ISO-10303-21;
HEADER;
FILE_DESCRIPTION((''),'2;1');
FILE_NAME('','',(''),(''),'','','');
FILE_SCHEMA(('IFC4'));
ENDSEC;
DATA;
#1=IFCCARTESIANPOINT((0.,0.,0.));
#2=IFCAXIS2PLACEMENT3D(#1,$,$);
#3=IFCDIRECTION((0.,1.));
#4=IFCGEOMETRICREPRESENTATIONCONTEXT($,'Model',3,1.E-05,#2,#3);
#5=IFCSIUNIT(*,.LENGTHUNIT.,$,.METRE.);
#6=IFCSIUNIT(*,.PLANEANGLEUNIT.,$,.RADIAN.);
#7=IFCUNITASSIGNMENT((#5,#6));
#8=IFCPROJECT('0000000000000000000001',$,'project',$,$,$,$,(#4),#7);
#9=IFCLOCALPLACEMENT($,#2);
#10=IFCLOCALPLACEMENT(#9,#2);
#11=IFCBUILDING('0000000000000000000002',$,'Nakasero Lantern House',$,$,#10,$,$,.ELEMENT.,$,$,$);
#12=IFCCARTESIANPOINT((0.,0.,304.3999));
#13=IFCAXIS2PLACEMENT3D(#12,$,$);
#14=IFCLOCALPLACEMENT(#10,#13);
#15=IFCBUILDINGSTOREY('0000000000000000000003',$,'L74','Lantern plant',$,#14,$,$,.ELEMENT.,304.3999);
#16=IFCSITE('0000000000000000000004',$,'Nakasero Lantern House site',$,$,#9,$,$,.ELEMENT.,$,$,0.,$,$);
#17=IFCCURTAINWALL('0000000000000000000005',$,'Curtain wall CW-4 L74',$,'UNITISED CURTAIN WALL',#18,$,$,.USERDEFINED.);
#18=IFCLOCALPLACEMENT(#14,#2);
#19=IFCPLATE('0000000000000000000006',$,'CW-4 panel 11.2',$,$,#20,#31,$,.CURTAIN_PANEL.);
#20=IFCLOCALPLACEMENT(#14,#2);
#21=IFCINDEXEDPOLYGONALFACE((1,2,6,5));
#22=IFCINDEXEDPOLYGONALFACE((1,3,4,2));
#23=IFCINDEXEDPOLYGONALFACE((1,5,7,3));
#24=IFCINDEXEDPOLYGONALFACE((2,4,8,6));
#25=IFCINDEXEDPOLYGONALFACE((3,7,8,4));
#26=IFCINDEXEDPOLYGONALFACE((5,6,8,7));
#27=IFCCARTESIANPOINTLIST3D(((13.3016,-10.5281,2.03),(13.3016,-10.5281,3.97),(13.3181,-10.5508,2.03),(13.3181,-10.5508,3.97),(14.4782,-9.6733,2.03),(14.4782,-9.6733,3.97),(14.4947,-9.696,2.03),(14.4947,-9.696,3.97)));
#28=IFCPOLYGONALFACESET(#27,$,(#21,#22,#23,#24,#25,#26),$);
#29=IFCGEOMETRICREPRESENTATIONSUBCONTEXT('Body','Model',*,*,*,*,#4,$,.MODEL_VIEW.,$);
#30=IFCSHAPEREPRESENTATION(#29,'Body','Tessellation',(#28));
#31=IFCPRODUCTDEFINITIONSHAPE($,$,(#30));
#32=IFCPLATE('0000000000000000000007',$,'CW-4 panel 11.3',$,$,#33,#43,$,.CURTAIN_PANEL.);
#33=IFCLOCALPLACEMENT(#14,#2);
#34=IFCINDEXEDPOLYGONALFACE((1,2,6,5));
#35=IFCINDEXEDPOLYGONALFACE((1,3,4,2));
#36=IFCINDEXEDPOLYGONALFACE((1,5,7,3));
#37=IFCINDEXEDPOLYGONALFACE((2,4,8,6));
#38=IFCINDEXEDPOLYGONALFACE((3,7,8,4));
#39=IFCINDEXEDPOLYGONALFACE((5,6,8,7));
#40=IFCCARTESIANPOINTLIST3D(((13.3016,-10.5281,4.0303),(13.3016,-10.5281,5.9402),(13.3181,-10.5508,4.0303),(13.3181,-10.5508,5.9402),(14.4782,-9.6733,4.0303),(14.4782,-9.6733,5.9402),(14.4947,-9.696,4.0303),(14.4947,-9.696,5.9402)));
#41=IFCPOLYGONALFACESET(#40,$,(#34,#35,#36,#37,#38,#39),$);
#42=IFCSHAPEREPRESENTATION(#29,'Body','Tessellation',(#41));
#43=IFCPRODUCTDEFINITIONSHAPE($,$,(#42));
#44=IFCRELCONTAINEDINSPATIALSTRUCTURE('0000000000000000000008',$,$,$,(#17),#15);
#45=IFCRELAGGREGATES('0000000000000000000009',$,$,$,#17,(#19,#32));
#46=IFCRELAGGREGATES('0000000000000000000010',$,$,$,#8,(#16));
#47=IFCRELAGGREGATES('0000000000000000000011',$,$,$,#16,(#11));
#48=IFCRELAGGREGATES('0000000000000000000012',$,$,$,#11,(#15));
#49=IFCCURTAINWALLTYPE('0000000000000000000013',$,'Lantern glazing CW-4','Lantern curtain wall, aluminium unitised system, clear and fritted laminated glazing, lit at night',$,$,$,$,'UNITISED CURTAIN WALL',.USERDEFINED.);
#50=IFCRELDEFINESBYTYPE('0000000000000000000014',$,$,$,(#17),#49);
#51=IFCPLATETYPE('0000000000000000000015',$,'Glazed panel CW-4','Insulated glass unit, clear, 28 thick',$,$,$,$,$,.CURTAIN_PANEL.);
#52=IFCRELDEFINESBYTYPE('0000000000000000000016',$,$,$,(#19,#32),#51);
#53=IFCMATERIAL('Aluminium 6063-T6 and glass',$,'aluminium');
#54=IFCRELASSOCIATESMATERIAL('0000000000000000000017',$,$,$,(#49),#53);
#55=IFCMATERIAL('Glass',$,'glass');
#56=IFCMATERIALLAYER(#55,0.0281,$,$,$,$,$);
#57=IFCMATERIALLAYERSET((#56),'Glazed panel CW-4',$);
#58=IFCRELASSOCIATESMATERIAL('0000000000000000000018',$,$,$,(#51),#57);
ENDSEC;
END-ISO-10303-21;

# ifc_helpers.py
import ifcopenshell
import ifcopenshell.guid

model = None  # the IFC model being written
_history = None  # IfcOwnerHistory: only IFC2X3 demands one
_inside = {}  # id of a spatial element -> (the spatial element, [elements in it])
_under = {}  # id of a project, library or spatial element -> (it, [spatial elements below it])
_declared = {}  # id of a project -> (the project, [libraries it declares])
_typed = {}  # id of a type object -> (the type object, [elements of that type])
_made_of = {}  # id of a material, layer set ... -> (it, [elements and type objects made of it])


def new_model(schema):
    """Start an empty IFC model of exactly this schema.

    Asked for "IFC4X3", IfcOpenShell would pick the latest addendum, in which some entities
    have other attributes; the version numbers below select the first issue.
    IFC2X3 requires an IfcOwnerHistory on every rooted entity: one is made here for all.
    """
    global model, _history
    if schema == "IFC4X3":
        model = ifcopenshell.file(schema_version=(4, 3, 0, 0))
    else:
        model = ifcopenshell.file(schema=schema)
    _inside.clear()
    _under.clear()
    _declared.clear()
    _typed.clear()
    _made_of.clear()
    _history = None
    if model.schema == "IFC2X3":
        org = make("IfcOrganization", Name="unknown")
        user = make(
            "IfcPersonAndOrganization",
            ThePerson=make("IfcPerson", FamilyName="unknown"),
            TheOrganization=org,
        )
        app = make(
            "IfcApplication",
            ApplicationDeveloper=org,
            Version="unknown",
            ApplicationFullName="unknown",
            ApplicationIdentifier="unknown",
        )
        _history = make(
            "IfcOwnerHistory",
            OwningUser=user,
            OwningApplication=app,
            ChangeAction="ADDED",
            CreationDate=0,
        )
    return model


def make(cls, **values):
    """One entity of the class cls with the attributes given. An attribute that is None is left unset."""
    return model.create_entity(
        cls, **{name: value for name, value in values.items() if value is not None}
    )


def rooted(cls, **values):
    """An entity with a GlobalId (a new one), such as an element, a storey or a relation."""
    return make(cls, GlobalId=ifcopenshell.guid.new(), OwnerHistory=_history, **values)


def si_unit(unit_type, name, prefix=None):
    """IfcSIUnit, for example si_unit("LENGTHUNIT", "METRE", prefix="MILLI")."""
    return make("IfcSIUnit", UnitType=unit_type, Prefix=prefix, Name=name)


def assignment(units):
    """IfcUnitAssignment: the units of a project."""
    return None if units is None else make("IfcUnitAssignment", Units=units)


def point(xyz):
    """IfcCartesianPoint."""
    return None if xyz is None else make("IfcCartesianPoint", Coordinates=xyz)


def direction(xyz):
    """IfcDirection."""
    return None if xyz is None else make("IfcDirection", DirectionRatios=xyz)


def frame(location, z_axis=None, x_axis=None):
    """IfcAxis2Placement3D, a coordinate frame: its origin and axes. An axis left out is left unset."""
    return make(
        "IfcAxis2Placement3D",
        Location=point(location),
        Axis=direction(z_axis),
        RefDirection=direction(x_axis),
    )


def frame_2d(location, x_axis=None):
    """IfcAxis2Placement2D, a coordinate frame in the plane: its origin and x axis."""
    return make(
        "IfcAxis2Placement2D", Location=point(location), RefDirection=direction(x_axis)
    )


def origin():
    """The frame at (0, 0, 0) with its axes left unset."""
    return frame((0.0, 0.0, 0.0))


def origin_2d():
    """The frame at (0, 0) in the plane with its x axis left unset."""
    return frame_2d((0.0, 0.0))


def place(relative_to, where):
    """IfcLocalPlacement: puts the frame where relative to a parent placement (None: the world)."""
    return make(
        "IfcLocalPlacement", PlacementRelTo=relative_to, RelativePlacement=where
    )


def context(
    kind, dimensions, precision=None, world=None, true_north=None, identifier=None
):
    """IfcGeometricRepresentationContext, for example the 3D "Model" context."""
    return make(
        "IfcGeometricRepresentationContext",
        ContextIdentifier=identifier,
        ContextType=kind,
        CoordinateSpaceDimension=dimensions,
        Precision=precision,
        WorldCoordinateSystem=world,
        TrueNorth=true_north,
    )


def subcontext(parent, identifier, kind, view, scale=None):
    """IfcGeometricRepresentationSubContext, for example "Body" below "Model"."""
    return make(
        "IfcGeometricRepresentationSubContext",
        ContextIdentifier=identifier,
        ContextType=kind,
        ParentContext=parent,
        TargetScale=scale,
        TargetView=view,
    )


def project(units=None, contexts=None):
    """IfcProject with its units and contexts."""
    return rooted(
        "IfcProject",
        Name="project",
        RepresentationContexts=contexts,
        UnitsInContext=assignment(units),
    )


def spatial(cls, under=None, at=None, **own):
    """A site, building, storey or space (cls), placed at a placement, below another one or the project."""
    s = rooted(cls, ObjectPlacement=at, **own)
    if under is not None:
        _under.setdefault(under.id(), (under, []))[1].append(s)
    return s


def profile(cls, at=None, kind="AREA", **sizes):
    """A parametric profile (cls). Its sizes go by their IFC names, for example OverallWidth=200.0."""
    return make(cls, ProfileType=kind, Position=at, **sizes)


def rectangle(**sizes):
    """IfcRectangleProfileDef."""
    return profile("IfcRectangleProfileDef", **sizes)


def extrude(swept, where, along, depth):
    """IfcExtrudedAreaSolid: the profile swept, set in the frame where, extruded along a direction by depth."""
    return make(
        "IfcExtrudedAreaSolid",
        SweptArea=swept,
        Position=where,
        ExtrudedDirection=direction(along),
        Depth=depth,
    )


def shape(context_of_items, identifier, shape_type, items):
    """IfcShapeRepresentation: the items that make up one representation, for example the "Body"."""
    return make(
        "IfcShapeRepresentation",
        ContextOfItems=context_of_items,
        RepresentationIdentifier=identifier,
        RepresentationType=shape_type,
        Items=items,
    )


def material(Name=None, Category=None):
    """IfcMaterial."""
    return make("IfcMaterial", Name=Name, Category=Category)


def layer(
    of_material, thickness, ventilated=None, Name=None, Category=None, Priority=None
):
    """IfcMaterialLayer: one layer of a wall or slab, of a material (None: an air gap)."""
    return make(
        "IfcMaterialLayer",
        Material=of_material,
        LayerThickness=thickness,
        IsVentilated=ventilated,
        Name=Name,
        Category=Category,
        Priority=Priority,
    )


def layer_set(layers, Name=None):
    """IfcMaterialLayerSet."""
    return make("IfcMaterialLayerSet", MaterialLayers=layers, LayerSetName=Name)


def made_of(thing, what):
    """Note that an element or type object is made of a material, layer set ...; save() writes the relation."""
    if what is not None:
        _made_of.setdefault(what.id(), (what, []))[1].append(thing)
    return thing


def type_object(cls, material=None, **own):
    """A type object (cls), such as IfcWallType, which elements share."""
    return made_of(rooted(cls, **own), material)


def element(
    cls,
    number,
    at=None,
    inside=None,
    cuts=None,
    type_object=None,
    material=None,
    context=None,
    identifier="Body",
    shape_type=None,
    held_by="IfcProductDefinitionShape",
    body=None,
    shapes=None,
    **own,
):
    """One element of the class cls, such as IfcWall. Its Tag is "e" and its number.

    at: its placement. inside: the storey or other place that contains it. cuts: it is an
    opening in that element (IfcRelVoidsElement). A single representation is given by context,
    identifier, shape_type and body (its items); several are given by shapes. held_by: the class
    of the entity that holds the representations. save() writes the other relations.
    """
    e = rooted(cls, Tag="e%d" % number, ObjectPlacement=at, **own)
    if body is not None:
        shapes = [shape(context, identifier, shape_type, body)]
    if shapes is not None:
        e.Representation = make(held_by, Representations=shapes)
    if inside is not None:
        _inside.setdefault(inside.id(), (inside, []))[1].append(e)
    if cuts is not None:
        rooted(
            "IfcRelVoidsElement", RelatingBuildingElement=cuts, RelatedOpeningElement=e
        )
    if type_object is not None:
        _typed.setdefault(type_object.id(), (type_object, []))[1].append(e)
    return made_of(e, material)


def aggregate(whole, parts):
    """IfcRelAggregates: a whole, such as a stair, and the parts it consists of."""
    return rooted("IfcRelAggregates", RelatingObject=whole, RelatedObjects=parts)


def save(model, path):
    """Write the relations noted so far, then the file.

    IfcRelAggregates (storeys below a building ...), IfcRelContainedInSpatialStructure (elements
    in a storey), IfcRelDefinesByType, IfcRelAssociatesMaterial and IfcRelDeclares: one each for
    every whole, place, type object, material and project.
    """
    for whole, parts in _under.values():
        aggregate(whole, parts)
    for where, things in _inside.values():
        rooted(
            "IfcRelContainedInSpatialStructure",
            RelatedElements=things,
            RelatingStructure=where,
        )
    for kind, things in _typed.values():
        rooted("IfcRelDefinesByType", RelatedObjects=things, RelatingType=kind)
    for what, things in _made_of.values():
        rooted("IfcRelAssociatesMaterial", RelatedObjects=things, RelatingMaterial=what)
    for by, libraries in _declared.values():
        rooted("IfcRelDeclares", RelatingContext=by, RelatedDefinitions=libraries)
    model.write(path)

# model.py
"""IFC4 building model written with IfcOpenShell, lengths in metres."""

from ifc_helpers import new_model, si_unit, direction, frame, origin, origin_2d, place, context, subcontext, project, spatial, rectangle, extrude, material, layer, layer_set, type_object, element, aggregate, save


model = new_model("IFC4")

# Units and contexts
model_context = context("Model", 3, precision=1e-05, world=origin(), true_north=direction((0.0, 1.0)))
body_context = subcontext(model_context, "Body", "Model", "MODEL_VIEW")
ifc_project = project(units=[si_unit("LENGTHUNIT", "METRE"), si_unit("PLANEANGLEUNIT", "RADIAN")], contexts=[model_context])

# Site, building, storey
site_placement = place(None, origin())
site = spatial("IfcSite", under=ifc_project, at=site_placement, Name="Nakasero Lantern House site", CompositionType="ELEMENT", RefElevation=0.0)
building_placement = place(site_placement, origin())
building = spatial("IfcBuilding", under=site, at=building_placement, Name="Nakasero Lantern House", CompositionType="ELEMENT")
storey_placement = place(building_placement, frame((0.0, 0.0, 304.3999)))
storey = spatial("IfcBuildingStorey", under=building, at=storey_placement, Name="L74", Description="Lantern plant", CompositionType="ELEMENT", Elevation=304.3999)

# Curtain wall
ifc_material_1 = material(Name="Aluminium 6063-T6 and glass", Category="aluminium")
curtain_wall_type = type_object("IfcCurtainWallType", Name="Lantern glazing CW-4", Description="Lantern curtain wall, aluminium unitised system, clear and fritted laminated glazing, lit at night", ElementType="UNITISED CURTAIN WALL", PredefinedType="USERDEFINED", material=ifc_material_1)
curtain_wall_placement = place(storey_placement, origin())
curtain_wall = element("IfcCurtainWall", 1, at=curtain_wall_placement, inside=storey, type_object=curtain_wall_type, Name="Curtain wall CW-4 L74", ObjectType="UNITISED CURTAIN WALL", PredefinedType="USERDEFINED")

# Plates
ifc_material_2 = material(Name="Glass", Category="glass")
ifc_layer = layer(ifc_material_2, 0.0281)
ifc_layer_set = layer_set([ifc_layer], Name="Glazed panel CW-4")
plate_type = type_object("IfcPlateType", Name="Glazed panel CW-4", Description="Insulated glass unit, clear, 28 thick", PredefinedType="CURTAIN_PANEL", material=ifc_layer_set)
plate_1_placement = place(storey_placement, frame((13.8982, -10.1121, 2.03), z_axis=(0.0, 0.0, 1.0), x_axis=(0.809017, 0.587785, 0.0)))
plate_1 = element("IfcPlate", 2, at=plate_1_placement, type_object=plate_type, Name="CW-4 panel 11.2", PredefinedType="CURTAIN_PANEL", context=body_context, shape_type="SweptSolid", body=[
    extrude(rectangle(XDim=1.4543, YDim=0.0281, at=origin_2d()), origin(), (0.0, 0.0, 1.0), 1.9399),
])
plate_2_placement = place(storey_placement, frame((13.8982, -10.1121, 4.0303), z_axis=(0.0, 0.0, 1.0), x_axis=(0.809017, 0.587785, 0.0)))
plate_2 = element("IfcPlate", 3, at=plate_2_placement, type_object=plate_type, Name="CW-4 panel 11.3", PredefinedType="CURTAIN_PANEL", context=body_context, shape_type="SweptSolid", body=[
    extrude(rectangle(XDim=1.4543, YDim=0.0281, at=origin_2d()), origin(), (0.0, 0.0, 1.0), 1.9099),
])
aggregate(curtain_wall, [plate_1, plate_2])

save(model, "model.ifc")
